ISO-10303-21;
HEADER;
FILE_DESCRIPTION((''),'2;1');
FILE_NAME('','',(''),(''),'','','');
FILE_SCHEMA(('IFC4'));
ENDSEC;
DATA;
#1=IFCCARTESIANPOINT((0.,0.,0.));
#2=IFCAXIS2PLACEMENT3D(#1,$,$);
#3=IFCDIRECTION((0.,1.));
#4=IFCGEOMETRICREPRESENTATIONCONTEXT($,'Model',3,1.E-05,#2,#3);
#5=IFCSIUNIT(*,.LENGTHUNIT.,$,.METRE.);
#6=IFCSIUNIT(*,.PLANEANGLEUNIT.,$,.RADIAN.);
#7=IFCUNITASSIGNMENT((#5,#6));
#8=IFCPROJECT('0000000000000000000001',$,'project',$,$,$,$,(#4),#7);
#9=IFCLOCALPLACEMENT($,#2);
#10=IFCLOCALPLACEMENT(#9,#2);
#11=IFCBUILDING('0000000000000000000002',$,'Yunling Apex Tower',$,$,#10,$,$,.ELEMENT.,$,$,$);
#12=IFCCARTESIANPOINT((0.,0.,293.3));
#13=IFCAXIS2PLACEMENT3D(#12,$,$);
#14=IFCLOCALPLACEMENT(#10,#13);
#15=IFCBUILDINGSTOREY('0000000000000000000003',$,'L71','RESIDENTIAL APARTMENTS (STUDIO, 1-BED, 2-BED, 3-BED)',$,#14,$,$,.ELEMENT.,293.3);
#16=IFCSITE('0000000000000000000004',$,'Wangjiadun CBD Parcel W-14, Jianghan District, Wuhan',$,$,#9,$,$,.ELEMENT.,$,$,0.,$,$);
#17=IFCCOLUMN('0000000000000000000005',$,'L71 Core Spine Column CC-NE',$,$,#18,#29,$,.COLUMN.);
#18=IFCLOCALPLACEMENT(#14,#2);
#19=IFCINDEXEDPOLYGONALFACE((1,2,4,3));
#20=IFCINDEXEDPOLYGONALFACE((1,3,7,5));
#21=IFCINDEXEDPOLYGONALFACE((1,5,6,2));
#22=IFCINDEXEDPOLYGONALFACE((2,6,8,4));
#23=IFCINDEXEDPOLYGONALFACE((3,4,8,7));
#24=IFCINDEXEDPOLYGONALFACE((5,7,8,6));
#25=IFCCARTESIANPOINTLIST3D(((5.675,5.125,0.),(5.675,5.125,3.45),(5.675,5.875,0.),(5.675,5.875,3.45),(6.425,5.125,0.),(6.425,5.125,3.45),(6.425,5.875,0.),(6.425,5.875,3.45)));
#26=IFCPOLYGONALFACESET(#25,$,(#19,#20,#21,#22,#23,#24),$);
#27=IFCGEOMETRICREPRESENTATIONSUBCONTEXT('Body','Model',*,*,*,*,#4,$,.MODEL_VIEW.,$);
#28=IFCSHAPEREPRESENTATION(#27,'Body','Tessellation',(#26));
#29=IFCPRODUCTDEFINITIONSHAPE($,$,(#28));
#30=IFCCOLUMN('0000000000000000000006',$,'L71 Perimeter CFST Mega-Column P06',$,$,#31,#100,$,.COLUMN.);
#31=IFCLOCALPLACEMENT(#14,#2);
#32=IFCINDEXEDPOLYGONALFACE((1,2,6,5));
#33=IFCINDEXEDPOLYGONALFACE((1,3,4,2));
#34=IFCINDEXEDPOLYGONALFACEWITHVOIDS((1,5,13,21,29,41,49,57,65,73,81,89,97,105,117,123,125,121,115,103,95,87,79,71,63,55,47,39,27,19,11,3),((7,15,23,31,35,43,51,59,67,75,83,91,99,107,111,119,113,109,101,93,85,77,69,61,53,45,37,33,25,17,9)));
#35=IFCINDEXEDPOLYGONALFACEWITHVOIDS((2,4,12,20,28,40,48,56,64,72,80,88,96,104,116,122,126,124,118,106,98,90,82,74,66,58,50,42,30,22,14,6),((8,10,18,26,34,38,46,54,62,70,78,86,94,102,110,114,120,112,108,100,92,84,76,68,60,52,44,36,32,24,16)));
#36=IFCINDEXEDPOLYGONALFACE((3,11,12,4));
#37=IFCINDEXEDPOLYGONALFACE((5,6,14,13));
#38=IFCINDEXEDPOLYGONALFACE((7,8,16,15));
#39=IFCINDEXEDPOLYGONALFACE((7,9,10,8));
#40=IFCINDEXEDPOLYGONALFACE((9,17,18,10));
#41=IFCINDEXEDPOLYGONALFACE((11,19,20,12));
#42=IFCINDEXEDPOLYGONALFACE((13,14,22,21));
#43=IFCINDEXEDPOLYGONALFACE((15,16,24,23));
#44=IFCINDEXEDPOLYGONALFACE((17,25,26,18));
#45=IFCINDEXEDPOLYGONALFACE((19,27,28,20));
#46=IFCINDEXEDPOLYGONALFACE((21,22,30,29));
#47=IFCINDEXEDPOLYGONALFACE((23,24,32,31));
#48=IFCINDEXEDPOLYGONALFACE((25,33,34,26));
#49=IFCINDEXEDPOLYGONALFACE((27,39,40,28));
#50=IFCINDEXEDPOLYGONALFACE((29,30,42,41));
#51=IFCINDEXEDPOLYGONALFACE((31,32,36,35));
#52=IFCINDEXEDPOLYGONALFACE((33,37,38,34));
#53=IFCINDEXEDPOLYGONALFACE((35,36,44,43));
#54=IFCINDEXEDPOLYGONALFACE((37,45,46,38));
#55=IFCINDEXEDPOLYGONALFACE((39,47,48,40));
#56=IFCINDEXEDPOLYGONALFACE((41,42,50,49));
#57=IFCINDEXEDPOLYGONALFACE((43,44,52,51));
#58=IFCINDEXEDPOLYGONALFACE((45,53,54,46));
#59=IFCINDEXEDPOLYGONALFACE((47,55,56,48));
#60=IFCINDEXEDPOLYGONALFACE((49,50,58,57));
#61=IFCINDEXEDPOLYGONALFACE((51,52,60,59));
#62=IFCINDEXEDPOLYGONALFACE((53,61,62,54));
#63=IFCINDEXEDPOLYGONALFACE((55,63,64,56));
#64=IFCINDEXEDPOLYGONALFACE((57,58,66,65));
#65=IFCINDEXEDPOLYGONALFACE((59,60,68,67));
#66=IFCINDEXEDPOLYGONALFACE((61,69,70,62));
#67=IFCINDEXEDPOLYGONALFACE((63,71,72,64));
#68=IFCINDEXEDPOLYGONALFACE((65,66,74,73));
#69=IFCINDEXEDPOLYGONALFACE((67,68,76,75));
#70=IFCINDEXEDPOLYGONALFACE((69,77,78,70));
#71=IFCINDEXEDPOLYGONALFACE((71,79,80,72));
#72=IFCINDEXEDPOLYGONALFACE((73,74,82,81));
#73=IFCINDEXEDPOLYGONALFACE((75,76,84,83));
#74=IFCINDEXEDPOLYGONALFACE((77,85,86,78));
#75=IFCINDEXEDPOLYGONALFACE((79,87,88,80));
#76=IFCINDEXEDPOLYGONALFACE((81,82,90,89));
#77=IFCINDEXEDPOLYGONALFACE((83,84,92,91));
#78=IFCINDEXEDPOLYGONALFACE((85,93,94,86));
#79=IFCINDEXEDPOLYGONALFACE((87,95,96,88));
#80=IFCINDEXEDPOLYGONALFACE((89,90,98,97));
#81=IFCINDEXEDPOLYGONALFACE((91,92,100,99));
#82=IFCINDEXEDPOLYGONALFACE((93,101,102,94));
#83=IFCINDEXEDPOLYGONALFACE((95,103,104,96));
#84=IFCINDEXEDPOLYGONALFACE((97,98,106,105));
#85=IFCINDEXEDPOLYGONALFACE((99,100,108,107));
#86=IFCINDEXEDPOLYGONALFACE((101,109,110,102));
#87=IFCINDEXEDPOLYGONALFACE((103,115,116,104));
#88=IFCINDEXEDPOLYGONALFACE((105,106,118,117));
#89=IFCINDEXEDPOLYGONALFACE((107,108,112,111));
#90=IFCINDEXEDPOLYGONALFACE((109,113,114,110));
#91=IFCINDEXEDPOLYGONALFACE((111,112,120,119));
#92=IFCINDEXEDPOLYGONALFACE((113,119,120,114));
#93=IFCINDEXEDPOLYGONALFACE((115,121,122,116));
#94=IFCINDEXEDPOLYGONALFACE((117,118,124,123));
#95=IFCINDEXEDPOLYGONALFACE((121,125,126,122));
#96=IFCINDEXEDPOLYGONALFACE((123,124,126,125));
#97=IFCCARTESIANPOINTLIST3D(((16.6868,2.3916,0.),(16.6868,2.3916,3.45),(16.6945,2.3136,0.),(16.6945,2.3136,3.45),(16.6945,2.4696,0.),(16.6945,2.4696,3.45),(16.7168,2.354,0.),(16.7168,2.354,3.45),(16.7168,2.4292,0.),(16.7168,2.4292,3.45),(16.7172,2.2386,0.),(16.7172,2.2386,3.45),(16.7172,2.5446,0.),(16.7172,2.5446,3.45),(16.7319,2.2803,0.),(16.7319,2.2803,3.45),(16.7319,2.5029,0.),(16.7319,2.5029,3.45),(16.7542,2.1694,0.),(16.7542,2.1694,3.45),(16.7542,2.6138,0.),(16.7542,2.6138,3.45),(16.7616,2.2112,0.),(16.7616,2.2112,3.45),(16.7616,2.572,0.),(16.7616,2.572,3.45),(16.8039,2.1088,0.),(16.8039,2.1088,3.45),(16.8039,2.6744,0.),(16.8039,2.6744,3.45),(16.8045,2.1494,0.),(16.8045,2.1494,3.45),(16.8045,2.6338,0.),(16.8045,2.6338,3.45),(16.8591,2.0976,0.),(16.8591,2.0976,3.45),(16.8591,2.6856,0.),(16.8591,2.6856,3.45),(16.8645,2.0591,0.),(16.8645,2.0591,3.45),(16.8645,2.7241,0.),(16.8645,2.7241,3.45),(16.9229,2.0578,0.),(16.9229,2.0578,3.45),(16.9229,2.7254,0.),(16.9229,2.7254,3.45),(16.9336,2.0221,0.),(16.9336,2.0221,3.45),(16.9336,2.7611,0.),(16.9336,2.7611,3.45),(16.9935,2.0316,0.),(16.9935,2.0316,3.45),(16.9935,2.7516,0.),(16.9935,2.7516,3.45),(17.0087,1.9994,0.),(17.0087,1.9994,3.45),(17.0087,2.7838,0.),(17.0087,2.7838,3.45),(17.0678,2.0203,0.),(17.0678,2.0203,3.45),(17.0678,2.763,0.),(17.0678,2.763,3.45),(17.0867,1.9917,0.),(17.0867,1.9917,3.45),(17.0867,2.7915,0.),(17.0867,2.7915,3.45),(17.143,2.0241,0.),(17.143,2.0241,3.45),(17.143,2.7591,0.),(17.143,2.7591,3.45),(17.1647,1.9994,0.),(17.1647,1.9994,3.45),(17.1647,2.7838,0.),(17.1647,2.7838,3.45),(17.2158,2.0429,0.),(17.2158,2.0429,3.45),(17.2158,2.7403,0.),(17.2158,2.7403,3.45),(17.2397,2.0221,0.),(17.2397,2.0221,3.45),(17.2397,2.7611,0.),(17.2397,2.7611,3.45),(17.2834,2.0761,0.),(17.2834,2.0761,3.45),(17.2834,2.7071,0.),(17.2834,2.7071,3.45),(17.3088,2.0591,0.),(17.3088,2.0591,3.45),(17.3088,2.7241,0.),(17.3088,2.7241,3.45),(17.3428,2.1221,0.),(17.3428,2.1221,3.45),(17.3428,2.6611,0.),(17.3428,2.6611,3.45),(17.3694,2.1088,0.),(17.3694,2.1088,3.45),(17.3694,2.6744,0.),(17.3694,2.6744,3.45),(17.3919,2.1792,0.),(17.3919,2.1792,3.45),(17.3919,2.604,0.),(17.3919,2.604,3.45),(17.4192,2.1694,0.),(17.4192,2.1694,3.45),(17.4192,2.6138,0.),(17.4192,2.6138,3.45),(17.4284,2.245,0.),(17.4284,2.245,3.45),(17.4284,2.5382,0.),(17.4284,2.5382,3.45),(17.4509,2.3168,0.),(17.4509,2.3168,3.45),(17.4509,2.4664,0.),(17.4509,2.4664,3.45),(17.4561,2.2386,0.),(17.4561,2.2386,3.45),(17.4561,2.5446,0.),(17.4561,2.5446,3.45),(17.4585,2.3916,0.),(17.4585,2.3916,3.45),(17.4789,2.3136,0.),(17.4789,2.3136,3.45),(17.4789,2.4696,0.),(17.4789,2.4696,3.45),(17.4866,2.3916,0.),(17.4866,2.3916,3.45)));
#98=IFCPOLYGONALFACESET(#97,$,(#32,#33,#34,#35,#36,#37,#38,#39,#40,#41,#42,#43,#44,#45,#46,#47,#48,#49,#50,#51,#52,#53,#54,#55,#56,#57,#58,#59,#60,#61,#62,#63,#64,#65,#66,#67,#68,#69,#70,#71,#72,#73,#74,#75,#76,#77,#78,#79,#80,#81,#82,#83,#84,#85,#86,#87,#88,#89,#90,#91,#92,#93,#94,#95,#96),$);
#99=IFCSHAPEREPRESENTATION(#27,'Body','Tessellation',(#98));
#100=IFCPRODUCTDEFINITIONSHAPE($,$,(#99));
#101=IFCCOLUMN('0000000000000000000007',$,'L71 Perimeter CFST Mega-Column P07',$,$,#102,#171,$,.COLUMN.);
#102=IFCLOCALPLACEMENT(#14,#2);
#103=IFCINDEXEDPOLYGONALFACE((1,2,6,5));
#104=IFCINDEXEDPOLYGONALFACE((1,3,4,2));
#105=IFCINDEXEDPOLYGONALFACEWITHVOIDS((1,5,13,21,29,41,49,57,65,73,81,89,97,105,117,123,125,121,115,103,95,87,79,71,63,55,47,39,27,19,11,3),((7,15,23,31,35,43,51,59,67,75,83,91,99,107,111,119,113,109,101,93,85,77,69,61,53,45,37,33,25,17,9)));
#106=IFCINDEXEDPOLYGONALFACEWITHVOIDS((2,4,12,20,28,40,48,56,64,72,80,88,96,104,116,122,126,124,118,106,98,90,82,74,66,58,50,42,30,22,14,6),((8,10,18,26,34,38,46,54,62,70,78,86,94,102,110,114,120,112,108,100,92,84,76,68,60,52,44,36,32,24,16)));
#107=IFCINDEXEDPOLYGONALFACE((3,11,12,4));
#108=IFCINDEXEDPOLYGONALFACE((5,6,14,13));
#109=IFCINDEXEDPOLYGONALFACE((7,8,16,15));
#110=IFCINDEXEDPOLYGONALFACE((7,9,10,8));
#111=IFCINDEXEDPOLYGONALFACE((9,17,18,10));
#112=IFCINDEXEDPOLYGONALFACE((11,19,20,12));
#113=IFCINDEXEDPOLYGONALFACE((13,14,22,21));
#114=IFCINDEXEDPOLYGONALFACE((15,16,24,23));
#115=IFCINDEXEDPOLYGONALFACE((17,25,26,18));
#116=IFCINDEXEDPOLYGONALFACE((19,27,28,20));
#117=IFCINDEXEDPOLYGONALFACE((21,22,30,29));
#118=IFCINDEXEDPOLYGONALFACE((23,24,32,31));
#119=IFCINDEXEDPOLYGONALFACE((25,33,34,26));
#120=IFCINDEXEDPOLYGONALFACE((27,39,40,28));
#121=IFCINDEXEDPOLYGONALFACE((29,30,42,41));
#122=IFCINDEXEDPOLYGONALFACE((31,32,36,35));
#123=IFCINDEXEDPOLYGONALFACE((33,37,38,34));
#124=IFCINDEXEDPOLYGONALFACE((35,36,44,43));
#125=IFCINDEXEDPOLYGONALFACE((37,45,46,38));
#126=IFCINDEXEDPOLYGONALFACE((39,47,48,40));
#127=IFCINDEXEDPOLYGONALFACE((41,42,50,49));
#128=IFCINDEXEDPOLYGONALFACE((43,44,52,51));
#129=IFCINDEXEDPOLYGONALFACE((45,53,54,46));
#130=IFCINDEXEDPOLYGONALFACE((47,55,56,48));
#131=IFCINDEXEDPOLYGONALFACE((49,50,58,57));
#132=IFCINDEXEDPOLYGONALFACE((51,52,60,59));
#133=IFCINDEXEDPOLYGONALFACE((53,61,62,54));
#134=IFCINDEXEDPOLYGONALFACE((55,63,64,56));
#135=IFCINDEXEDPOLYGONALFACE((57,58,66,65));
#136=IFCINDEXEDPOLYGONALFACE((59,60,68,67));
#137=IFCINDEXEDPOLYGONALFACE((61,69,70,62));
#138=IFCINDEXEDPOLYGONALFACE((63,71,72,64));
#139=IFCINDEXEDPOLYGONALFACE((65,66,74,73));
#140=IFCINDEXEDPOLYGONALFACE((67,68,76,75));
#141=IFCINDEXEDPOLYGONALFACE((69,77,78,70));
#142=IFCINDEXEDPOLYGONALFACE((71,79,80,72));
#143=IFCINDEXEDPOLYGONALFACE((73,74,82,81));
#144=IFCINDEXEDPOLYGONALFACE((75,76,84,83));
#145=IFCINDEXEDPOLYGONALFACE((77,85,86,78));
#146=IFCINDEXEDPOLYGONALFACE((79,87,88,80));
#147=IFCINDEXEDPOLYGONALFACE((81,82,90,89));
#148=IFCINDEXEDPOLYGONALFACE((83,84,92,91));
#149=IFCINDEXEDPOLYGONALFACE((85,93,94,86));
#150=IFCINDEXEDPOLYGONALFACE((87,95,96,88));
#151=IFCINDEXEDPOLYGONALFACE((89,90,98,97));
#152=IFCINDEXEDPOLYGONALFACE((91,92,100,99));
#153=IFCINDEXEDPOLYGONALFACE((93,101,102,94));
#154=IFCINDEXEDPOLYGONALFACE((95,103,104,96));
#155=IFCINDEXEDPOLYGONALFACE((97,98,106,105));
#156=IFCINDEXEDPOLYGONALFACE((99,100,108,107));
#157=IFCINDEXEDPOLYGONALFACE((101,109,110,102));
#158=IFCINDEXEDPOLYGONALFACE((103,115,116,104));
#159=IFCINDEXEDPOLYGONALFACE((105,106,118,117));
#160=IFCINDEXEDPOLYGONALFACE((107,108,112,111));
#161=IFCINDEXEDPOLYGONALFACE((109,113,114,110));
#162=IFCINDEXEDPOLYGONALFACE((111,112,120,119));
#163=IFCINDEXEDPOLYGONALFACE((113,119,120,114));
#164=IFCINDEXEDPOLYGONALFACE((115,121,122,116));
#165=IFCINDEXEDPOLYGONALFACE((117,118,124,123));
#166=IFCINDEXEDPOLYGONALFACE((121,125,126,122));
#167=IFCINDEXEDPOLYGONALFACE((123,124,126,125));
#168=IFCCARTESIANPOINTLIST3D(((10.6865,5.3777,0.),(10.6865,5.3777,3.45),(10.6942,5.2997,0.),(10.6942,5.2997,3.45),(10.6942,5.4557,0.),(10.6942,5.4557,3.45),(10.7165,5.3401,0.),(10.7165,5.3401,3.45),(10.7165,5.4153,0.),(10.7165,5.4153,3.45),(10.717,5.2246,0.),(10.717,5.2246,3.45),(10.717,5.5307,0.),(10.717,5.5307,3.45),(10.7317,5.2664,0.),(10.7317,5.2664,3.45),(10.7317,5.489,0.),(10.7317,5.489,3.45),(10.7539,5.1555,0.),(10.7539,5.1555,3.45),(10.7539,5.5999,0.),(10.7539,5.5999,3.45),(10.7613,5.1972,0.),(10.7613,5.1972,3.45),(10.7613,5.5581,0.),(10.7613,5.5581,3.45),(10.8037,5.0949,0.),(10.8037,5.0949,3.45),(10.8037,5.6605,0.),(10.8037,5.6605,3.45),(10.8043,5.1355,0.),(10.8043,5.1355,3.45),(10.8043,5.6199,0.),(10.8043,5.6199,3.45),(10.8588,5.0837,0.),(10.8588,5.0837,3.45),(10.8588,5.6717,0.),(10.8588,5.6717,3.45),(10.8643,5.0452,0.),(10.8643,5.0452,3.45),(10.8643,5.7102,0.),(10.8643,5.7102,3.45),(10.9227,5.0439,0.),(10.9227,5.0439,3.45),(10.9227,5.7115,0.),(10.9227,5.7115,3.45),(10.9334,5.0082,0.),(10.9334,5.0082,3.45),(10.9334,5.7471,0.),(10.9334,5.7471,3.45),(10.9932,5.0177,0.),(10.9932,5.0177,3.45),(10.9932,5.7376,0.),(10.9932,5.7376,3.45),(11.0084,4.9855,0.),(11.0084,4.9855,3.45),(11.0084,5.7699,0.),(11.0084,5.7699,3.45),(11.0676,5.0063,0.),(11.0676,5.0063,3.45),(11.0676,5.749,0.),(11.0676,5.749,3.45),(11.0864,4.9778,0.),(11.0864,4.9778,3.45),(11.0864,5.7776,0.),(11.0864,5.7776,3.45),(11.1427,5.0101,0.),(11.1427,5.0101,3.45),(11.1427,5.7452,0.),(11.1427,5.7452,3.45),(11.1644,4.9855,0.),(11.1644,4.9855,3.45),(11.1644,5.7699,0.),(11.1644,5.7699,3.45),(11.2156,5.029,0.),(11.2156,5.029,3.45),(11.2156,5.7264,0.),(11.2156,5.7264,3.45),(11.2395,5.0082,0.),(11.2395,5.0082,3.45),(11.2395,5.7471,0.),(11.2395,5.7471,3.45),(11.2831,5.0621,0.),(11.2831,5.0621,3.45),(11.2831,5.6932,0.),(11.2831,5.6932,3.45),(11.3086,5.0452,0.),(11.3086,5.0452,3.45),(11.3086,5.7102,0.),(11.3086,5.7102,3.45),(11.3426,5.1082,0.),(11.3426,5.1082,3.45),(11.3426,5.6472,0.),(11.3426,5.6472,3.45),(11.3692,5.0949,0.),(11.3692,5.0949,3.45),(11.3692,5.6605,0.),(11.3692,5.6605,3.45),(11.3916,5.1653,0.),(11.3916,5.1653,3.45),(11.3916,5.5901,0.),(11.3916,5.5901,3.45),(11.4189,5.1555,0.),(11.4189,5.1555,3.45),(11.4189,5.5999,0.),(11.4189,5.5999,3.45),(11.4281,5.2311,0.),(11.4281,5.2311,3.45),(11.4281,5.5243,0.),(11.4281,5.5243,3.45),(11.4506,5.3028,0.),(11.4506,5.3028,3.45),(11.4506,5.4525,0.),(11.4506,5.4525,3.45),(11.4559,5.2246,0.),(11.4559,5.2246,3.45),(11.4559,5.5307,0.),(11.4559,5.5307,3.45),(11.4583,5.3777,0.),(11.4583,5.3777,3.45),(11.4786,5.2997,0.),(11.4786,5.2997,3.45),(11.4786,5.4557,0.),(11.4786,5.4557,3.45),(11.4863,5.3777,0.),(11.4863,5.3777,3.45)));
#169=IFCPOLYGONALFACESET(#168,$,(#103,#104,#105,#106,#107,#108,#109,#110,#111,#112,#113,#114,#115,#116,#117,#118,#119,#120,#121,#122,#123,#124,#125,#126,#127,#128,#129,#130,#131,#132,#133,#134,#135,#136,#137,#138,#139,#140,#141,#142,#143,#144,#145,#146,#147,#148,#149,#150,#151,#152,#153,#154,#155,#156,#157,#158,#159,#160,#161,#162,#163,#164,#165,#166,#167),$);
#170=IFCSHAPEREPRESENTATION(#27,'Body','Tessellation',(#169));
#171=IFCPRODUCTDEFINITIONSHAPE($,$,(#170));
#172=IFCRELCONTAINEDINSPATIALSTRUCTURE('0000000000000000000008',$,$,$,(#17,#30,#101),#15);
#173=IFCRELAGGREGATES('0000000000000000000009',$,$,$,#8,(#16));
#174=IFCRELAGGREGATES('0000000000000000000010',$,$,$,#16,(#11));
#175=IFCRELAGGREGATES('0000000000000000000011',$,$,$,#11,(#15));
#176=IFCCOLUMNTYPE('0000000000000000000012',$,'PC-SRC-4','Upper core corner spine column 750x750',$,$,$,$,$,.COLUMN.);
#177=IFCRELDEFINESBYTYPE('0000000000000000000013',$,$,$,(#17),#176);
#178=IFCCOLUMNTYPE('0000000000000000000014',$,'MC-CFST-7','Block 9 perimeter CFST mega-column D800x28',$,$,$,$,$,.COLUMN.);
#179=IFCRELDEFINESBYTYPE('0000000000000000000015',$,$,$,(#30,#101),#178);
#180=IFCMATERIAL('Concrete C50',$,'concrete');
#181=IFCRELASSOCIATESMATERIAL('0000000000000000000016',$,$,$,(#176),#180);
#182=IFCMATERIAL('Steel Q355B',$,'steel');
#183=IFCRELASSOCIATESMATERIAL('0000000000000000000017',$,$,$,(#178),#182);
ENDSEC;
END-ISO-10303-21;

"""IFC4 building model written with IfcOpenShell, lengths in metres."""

from ifc_helpers import new_model, si_unit, direction, frame, origin, origin_2d, place, context, subcontext, project, spatial, rectangle, hollow_circle, extrude, source, transform, mapped, material, material_profile, profile_set, type_object, element, save


model = new_model("IFC4")

# Units and contexts
model_context = context("Model", 3, precision=1e-05, world=origin(), true_north=direction((0.0, 1.0)))
body_context = subcontext(model_context, "Body", "Model", "MODEL_VIEW")
ifc_project = project(units=[si_unit("LENGTHUNIT", "METRE"), si_unit("PLANEANGLEUNIT", "RADIAN")], contexts=[model_context])

# Site, building, storey
site_placement = place(None, origin())
site = spatial("IfcSite", under=ifc_project, at=site_placement, Name="Wangjiadun CBD Parcel W-14, Jianghan District, Wuhan", CompositionType="ELEMENT", RefElevation=0.0)
building_placement = place(site_placement, origin())
building = spatial("IfcBuilding", under=site, at=building_placement, Name="Yunling Apex Tower", CompositionType="ELEMENT")
storey_placement = place(building_placement, frame((0.0, 0.0, 293.3)))
storey = spatial("IfcBuildingStorey", under=building, at=storey_placement, Name="L71", Description="RESIDENTIAL APARTMENTS (STUDIO, 1-BED, 2-BED, 3-BED)", CompositionType="ELEMENT", Elevation=293.3)

# Columns
ifc_material_1 = material(Name="Concrete C50", Category="concrete")
ifc_material_profile_1 = material_profile(ifc_material_1, rectangle(XDim=0.75, YDim=0.75, at=origin_2d()))
ifc_profile_set_1 = profile_set([ifc_material_profile_1], Name="Concrete C50")
column_type_1 = type_object("IfcColumnType", Name="PC-SRC-4", Description="Upper core corner spine column 750x750", PredefinedType="COLUMN", material=ifc_profile_set_1)
shared_shape_1 = source(origin(), body_context, "Body", "SweptSolid", [
    extrude(rectangle(XDim=0.75, YDim=0.75, at=origin_2d()), origin(), (0.0, 0.0, 1.0), 3.45),
])
column_placement = place(storey_placement, frame((6.05, 5.5, 0.0), z_axis=(0.0, 0.0, 1.0), x_axis=(1.0, 0.0, 0.0)))
element("IfcColumn", 1, at=column_placement, inside=storey, type_object=column_type_1, Name="L71 Core Spine Column CC-NE", PredefinedType="COLUMN", context=body_context, shape_type="MappedRepresentation", body=[
    mapped(shared_shape_1, transform((0.0, 0.0, 0.0), scale=1.0)),
])
ifc_material_2 = material(Name="Steel Q355B", Category="steel")
ifc_material_profile_2 = material_profile(ifc_material_2, hollow_circle(Radius=0.3999, WallThickness=0.0281, at=origin_2d()))
ifc_profile_set_2 = profile_set([ifc_material_profile_2], Name="Steel Q355B")
column_type_2 = type_object("IfcColumnType", Name="MC-CFST-7", Description="Block 9 perimeter CFST mega-column D800x28", PredefinedType="COLUMN", material=ifc_profile_set_2)
shared_shape_2 = source(origin(), body_context, "Body", "SweptSolid", [
    extrude(hollow_circle(Radius=0.3999, WallThickness=0.0281, at=origin_2d()), origin(), (0.0, 0.0, 1.0), 3.45),
])
for number, where, z_axis, x_axis, name in (
    (2, (17.0867, 2.3916, 0.0), (0.0, 0.0, 1.0), (1.0, 0.0, 0.0), "L71 Perimeter CFST Mega-Column P06"),
    (3, (11.0864, 5.3777, 0.0), (0.0, 0.0, 1.0), (1.0, 0.0, 0.0), "L71 Perimeter CFST Mega-Column P07"),
):
    element("IfcColumn", number, at=place(storey_placement, frame(where, z_axis=z_axis, x_axis=x_axis)), inside=storey, type_object=column_type_2, Name=name, PredefinedType="COLUMN", context=body_context, shape_type="MappedRepresentation", body=[
        mapped(shared_shape_2, transform((0.0, 0.0, 0.0), scale=1.0)),
    ])

save(model, "model.ifc")
